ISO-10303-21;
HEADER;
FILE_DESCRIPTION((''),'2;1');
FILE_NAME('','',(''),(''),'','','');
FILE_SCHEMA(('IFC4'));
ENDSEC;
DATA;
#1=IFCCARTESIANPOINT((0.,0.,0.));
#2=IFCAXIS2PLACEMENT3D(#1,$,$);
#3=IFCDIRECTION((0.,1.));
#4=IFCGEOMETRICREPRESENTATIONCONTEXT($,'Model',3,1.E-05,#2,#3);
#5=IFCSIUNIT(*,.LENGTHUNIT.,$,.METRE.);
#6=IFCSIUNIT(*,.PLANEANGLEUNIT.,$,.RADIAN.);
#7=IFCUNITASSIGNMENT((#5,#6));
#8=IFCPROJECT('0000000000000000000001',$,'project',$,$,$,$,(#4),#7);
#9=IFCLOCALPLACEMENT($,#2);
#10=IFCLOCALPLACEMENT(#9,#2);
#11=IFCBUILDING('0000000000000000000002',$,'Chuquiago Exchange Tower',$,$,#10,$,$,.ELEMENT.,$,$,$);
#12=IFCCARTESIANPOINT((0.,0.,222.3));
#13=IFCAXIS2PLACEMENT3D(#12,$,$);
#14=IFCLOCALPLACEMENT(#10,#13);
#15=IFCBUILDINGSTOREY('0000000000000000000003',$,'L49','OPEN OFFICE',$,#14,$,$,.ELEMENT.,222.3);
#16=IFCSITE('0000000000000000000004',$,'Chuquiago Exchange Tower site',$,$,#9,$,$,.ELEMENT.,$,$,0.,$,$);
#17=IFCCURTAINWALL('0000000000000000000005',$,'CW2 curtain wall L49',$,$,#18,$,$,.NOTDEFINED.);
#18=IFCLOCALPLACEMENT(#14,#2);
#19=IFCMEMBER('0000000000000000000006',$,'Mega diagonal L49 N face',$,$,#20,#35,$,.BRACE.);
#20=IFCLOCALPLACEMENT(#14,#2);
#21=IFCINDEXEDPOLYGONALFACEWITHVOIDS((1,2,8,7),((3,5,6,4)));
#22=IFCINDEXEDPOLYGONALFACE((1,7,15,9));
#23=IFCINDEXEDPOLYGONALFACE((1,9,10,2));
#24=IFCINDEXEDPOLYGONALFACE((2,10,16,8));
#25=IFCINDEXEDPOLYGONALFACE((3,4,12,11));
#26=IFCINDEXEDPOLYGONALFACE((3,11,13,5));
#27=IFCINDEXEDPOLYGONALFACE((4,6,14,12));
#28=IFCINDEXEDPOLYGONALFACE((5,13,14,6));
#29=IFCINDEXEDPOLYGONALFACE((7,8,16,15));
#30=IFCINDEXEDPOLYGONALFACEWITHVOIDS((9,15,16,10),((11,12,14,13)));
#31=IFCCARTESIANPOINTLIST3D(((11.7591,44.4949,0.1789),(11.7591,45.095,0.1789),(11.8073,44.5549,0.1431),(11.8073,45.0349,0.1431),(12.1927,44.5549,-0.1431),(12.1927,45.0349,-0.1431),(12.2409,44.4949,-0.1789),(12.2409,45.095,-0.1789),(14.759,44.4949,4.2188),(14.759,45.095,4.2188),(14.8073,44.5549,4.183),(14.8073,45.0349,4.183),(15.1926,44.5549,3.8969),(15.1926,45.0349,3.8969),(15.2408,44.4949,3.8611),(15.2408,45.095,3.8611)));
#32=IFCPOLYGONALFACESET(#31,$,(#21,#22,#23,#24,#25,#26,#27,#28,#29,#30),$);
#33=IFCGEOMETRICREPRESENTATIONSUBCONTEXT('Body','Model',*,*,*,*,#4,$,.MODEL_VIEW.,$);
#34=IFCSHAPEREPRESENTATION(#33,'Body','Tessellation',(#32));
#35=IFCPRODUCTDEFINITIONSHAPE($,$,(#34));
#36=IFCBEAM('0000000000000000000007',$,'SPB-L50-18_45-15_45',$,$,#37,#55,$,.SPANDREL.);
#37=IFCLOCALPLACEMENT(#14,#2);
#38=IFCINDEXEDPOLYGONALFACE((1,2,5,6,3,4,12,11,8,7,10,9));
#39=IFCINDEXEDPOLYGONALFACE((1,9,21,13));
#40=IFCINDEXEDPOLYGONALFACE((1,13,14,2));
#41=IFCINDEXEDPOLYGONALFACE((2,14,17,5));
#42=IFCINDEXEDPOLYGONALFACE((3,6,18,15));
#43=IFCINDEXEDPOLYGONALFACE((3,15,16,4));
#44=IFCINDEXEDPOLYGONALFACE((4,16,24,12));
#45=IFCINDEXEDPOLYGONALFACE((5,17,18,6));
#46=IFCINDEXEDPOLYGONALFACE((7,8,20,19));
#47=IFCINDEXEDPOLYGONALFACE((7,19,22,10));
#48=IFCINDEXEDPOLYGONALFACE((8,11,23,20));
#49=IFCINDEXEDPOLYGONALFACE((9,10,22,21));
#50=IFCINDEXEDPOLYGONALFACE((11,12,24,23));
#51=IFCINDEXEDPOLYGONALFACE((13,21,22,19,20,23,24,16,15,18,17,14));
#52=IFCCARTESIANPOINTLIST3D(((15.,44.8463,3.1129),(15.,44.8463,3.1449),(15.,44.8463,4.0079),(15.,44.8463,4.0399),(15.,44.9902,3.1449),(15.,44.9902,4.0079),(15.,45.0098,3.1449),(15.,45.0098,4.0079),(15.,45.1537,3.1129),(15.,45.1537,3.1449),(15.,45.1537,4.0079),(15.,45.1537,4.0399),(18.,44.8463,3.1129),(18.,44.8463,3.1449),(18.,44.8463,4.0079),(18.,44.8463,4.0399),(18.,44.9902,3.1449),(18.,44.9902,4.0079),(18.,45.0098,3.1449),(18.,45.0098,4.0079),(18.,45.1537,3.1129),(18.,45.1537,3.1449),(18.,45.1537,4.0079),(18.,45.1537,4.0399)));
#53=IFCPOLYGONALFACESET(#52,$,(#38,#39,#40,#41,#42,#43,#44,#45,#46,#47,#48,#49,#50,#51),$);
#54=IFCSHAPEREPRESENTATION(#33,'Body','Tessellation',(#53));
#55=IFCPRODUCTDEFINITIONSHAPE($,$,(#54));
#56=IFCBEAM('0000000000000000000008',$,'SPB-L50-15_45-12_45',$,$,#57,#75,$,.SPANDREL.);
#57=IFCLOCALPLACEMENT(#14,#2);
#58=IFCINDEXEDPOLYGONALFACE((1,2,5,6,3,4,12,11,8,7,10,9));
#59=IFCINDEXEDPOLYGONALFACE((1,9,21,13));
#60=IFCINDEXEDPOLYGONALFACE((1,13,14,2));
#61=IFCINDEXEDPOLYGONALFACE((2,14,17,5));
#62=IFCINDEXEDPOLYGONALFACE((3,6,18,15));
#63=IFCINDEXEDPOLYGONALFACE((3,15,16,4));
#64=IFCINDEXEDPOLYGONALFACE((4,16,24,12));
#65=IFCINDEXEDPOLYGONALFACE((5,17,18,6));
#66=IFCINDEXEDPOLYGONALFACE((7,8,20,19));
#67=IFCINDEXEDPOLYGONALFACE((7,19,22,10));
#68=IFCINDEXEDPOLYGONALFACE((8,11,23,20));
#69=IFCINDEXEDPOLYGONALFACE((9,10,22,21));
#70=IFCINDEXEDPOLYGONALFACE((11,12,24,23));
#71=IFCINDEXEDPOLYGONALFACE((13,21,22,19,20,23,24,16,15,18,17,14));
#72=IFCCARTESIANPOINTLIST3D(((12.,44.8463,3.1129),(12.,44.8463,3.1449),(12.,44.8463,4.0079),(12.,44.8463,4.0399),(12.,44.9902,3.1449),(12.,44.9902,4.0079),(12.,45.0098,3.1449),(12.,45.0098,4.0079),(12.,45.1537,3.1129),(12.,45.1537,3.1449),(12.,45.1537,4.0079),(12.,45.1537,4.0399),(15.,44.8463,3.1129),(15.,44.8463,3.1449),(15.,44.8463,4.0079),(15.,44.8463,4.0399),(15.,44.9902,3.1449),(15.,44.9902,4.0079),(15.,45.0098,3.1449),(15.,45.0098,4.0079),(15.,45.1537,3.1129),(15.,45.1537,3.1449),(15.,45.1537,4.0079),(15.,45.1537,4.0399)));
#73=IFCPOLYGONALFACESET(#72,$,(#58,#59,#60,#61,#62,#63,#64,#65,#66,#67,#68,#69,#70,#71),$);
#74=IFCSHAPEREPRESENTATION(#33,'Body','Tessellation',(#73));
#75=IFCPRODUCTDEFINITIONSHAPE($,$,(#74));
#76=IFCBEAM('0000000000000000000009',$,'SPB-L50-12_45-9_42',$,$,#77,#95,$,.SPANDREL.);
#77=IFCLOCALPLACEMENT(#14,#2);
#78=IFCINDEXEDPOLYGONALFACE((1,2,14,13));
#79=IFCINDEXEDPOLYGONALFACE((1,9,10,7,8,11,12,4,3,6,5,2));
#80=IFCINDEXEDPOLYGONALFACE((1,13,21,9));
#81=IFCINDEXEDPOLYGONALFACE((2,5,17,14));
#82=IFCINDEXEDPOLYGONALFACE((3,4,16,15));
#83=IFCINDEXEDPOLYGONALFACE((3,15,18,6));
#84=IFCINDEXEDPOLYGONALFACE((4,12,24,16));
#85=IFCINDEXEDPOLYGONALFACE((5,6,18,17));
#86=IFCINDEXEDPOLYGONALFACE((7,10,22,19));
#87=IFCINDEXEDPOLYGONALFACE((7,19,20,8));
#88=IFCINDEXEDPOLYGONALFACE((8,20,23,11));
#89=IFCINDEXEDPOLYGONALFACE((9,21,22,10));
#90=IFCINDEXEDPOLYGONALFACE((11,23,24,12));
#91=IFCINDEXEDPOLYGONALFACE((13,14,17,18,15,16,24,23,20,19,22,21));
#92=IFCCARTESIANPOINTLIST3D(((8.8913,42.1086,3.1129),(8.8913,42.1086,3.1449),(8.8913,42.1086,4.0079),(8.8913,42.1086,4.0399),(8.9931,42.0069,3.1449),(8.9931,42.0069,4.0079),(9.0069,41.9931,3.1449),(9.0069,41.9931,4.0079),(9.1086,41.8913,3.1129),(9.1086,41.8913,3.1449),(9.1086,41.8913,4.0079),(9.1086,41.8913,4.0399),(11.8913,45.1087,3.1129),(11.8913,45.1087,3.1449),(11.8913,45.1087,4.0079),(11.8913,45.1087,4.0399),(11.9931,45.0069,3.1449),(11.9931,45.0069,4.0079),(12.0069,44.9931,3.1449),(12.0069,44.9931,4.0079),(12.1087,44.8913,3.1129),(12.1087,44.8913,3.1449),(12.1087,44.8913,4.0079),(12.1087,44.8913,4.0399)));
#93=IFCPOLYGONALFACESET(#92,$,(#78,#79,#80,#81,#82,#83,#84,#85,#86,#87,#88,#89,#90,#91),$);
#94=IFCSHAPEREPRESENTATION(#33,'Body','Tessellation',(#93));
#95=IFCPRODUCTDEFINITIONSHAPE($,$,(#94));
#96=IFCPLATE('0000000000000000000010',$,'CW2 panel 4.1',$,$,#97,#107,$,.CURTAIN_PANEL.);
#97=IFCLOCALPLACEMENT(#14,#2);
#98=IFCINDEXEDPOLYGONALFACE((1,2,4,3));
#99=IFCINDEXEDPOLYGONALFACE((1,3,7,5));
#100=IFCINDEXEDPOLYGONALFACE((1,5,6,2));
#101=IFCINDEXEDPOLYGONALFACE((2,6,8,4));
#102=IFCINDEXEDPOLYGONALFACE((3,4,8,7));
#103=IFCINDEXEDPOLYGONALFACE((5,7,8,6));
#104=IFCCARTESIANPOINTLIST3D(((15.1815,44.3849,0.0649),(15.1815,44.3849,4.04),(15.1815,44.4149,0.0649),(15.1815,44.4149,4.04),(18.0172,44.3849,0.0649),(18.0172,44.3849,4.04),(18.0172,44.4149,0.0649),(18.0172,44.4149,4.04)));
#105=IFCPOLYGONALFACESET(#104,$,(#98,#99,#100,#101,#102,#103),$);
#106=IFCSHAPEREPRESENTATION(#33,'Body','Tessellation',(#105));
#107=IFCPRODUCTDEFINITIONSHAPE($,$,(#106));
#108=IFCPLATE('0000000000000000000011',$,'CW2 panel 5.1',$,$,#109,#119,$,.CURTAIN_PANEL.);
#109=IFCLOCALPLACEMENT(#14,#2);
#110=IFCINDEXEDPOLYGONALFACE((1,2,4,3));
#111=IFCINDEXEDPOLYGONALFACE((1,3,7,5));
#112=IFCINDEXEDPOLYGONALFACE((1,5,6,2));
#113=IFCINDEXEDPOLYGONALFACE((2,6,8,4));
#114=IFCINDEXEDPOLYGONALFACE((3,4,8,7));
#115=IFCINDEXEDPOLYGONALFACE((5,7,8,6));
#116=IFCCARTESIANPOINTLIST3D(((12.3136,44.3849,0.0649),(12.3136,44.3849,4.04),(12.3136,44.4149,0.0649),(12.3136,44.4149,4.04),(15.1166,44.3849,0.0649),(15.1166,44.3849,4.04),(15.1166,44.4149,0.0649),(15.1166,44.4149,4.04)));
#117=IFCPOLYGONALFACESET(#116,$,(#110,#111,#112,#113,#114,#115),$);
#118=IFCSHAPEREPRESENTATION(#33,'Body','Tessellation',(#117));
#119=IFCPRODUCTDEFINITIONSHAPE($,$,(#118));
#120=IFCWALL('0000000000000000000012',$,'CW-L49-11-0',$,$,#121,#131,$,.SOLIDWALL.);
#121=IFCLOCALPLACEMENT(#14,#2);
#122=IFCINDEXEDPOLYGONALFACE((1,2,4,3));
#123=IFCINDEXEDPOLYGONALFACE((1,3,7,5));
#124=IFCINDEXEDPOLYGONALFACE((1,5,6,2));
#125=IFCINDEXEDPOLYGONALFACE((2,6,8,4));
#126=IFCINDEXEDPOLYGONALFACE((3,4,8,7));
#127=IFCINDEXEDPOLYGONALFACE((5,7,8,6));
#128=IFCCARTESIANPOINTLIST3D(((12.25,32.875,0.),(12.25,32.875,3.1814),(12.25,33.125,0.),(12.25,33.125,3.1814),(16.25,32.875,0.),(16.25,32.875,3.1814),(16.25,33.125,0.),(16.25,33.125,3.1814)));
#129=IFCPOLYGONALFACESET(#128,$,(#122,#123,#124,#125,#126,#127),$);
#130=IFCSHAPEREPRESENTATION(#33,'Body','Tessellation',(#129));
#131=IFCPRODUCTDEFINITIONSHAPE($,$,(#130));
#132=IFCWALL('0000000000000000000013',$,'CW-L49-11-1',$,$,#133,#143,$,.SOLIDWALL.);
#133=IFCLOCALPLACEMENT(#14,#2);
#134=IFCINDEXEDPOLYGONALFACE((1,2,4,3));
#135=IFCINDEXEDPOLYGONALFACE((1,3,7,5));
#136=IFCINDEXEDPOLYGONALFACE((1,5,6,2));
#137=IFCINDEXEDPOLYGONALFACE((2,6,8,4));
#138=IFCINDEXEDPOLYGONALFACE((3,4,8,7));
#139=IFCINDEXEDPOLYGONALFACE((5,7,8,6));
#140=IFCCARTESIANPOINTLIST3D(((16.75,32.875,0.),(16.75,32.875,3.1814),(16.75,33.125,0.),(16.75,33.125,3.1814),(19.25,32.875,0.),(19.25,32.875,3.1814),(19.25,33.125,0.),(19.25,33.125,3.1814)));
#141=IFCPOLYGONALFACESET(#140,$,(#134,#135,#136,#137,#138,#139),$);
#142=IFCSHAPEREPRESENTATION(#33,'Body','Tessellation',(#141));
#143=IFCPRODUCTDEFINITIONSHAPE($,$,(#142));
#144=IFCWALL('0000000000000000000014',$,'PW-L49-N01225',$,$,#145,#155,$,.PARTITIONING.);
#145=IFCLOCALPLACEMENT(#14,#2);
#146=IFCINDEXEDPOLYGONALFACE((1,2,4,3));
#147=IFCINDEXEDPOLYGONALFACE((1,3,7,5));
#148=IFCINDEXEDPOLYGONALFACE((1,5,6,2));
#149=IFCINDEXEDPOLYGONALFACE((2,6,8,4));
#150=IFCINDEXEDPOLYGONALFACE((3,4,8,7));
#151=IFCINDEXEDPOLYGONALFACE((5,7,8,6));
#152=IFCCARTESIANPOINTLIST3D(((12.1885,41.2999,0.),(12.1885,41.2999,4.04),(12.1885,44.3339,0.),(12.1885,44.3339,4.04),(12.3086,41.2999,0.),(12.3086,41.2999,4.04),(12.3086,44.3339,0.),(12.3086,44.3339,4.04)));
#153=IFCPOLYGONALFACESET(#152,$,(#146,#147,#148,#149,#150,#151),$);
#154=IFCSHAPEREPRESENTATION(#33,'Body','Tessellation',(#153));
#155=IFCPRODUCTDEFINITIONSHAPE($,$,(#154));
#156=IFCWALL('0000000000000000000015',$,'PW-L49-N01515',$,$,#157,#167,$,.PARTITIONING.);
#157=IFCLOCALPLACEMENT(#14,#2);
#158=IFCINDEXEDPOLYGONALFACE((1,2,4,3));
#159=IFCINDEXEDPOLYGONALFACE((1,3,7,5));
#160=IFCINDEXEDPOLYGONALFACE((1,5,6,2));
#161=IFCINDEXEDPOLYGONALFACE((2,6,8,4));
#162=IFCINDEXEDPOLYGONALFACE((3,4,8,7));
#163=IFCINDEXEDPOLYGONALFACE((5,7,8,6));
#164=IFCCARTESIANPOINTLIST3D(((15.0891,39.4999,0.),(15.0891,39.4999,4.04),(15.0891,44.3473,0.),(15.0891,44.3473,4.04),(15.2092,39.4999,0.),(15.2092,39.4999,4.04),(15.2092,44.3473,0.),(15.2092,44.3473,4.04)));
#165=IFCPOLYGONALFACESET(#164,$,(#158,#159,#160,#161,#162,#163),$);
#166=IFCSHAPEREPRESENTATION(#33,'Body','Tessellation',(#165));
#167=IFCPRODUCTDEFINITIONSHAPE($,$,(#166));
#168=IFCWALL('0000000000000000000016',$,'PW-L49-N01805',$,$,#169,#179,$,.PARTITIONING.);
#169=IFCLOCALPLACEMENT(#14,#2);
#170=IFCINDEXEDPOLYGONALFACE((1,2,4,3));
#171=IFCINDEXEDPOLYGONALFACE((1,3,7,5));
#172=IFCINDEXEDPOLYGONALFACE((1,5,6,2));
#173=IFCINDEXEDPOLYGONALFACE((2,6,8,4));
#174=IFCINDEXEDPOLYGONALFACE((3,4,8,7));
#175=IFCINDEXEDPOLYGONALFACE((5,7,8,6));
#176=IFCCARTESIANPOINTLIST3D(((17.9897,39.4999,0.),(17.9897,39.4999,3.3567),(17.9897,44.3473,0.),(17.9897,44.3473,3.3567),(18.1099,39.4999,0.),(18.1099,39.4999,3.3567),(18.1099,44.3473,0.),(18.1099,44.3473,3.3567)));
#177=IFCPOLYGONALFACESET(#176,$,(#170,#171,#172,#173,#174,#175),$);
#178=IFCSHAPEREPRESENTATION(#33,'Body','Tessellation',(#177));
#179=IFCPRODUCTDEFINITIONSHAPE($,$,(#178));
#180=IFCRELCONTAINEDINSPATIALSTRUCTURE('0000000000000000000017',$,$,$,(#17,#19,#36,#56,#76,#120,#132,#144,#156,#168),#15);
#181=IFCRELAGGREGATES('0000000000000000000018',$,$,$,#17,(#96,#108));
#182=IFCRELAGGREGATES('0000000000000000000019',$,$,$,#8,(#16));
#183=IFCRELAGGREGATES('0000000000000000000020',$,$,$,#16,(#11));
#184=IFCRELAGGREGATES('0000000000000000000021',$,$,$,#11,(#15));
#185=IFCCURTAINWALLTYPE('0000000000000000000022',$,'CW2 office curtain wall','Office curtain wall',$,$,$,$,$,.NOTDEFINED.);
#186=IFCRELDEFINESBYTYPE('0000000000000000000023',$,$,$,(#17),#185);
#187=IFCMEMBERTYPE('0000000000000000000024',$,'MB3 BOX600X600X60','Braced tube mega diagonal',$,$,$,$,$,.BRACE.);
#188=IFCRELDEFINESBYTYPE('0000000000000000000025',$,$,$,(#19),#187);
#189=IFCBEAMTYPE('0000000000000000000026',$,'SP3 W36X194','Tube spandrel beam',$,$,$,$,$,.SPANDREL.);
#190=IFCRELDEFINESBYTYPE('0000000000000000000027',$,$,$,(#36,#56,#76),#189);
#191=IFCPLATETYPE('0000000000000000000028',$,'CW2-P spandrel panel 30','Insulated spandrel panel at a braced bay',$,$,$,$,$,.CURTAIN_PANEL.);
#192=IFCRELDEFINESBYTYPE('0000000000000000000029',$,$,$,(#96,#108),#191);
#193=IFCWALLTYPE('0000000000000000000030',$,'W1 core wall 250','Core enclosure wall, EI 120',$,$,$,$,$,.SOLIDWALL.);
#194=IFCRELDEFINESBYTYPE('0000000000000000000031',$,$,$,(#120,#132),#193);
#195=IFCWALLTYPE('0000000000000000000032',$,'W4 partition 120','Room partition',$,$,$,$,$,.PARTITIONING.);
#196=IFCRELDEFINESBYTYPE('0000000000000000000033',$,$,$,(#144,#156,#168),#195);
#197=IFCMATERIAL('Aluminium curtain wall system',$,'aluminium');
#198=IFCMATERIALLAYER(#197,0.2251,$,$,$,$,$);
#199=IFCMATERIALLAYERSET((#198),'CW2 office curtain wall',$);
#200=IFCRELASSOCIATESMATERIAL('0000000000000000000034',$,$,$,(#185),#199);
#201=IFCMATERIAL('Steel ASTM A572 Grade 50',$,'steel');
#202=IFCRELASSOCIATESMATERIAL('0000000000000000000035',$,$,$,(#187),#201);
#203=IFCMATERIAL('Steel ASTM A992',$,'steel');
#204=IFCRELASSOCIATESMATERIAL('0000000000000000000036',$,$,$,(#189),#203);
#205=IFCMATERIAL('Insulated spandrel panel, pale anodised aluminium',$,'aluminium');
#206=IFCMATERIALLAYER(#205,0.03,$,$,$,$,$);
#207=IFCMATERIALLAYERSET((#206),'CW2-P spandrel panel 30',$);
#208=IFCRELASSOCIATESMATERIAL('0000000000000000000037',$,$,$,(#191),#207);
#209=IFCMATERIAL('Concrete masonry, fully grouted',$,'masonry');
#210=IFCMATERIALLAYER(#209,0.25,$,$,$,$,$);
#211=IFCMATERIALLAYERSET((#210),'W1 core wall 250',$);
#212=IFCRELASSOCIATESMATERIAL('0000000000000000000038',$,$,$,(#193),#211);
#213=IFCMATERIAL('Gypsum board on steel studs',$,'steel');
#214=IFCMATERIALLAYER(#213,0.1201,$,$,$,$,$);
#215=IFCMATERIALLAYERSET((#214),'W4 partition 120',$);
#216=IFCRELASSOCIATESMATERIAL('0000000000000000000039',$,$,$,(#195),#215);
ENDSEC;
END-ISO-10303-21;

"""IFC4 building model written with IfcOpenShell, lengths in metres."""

from ifc_helpers import new_model, si_unit, direction, frame, frame_2d, origin, origin_2d, place, context, subcontext, project, spatial, rectangle, hollow_rectangle, i_section, extrude, material, layer, layer_set, material_profile, profile_set, type_object, element, aggregate, save


model = new_model("IFC4")

# Units and contexts
model_context = context("Model", 3, precision=1e-05, world=origin(), true_north=direction((0.0, 1.0)))
body_context = subcontext(model_context, "Body", "Model", "MODEL_VIEW")
ifc_project = project(units=[si_unit("LENGTHUNIT", "METRE"), si_unit("PLANEANGLEUNIT", "RADIAN")], contexts=[model_context])

# Site, building, storey
site_placement = place(None, origin())
site = spatial("IfcSite", under=ifc_project, at=site_placement, Name="Chuquiago Exchange Tower site", CompositionType="ELEMENT", RefElevation=0.0)
building_placement = place(site_placement, origin())
building = spatial("IfcBuilding", under=site, at=building_placement, Name="Chuquiago Exchange Tower", CompositionType="ELEMENT")
storey_placement = place(building_placement, frame((0.0, 0.0, 222.3)))
storey = spatial("IfcBuildingStorey", under=building, at=storey_placement, Name="L49", Description="OPEN OFFICE", CompositionType="ELEMENT", Elevation=222.3)

# Curtain wall
ifc_material_1 = material(Name="Aluminium curtain wall system", Category="aluminium")
ifc_layer_1 = layer(ifc_material_1, 0.2251)
ifc_layer_set_1 = layer_set([ifc_layer_1], Name="CW2 office curtain wall")
curtain_wall_type_1 = type_object("IfcCurtainWallType", Name="CW2 office curtain wall", Description="Office curtain wall", PredefinedType="NOTDEFINED", material=ifc_layer_set_1)
curtain_wall_1_placement = place(storey_placement, origin())
curtain_wall_1 = element("IfcCurtainWall", 1, at=curtain_wall_1_placement, inside=storey, type_object=curtain_wall_type_1, Name="CW2 curtain wall L49", PredefinedType="NOTDEFINED")

# Member
ifc_material_2 = material(Name="Steel ASTM A572 Grade 50", Category="steel")
ifc_material_profile_1 = material_profile(ifc_material_2, hollow_rectangle(XDim=0.6001, YDim=0.6001, WallThickness=0.0601, at=origin_2d()), Name="BOX600X600X60")
ifc_profile_set_1 = profile_set([ifc_material_profile_1], Name="Steel ASTM A572 Grade 50")
member_type_1 = type_object("IfcMemberType", Name="MB3 BOX600X600X60", Description="Braced tube mega diagonal", PredefinedType="BRACE", material=ifc_profile_set_1)
for number, where, z_axis, x_axis, name in (
    (2, (12.0, 44.7949, 0.0), (0.596174, 0.0, 0.802855), (0.0, 1.0, 0.0), "Mega diagonal L49 N face"),
):
    element("IfcMember", number, at=place(storey_placement, frame(where, z_axis=z_axis, x_axis=x_axis)), inside=storey, type_object=member_type_1, Name=name, PredefinedType="BRACE", context=body_context, shape_type="SweptSolid", body=[
        extrude(hollow_rectangle(XDim=0.6001, YDim=0.6001, WallThickness=0.0601, at=origin_2d()), origin(), (0.0, 0.0, 1.0), 5.032),
    ])

# Beams
ifc_material_3 = material(Name="Steel ASTM A992", Category="steel")
ifc_material_profile_2 = material_profile(ifc_material_3, i_section(OverallWidth=0.3074, OverallDepth=0.927, WebThickness=0.0195, FlangeThickness=0.032, at=origin_2d()), Name="W36X194")
ifc_profile_set_2 = profile_set([ifc_material_profile_2], Name="Steel ASTM A992")
beam_type_1 = type_object("IfcBeamType", Name="SP3 W36X194", Description="Tube spandrel beam", PredefinedType="SPANDREL", material=ifc_profile_set_2)
for number, where, z_axis, x_axis, name in (
    (3, (18.0, 45.0, 3.5764), (-1.0, 0.0, 0.0), (0.0, -1.0, 0.0), "SPB-L50-18_45-15_45"),
    (4, (15.0, 45.0, 3.5764), (-1.0, 0.0, 0.0), (0.0, -1.0, 0.0), "SPB-L50-15_45-12_45"),
):
    element("IfcBeam", number, at=place(storey_placement, frame(where, z_axis=z_axis, x_axis=x_axis)), inside=storey, type_object=beam_type_1, Name=name, PredefinedType="SPANDREL", context=body_context, shape_type="SweptSolid", body=[
        extrude(i_section(OverallWidth=0.3074, OverallDepth=0.927, WebThickness=0.0195, FlangeThickness=0.032, at=origin_2d()), origin(), (0.0, 0.0, 1.0), 3.0),
    ])
beam_1_placement = place(storey_placement, frame((12.0, 45.0, 3.5764), z_axis=(-0.707107, -0.707107, 0.0), x_axis=(0.707107, -0.707107, 0.0)))
element("IfcBeam", 5, at=beam_1_placement, inside=storey, type_object=beam_type_1, Name="SPB-L50-12_45-9_42", PredefinedType="SPANDREL", context=body_context, shape_type="SweptSolid", body=[
    extrude(i_section(OverallWidth=0.3074, OverallDepth=0.927, WebThickness=0.0195, FlangeThickness=0.032, at=origin_2d()), origin(), (0.0, 0.0, 1.0), 4.2427),
])

# Plates
ifc_material_4 = material(Name="Insulated spandrel panel, pale anodised aluminium", Category="aluminium")
ifc_layer_2 = layer(ifc_material_4, 0.03)
ifc_layer_set_2 = layer_set([ifc_layer_2], Name="CW2-P spandrel panel 30")
plate_type = type_object("IfcPlateType", Name="CW2-P spandrel panel 30", Description="Insulated spandrel panel at a braced bay", PredefinedType="CURTAIN_PANEL", material=ifc_layer_set_2)
plate_1_placement = place(storey_placement, frame((16.5994, 44.3999, 0.0649), z_axis=(0.0, 0.0, 1.0), x_axis=(-1.0, 0.0, 0.0)))
plate_1 = element("IfcPlate", 6, at=plate_1_placement, type_object=plate_type, Name="CW2 panel 4.1", PredefinedType="CURTAIN_PANEL", context=body_context, shape_type="SweptSolid", body=[
    extrude(rectangle(XDim=2.8357, YDim=0.03, at=origin_2d()), origin(), (0.0, 0.0, 1.0), 3.9751),
])
plate_2_placement = place(storey_placement, frame((13.7151, 44.3999, 0.0649), z_axis=(0.0, 0.0, 1.0), x_axis=(-1.0, 0.0, 0.0)))
plate_2 = element("IfcPlate", 7, at=plate_2_placement, type_object=plate_type, Name="CW2 panel 5.1", PredefinedType="CURTAIN_PANEL", context=body_context, shape_type="SweptSolid", body=[
    extrude(rectangle(XDim=2.803, YDim=0.03, at=origin_2d()), origin(), (0.0, 0.0, 1.0), 3.9751),
])
aggregate(curtain_wall_1, [plate_1, plate_2])

# Walls
ifc_material_5 = material(Name="Concrete masonry, fully grouted", Category="masonry")
ifc_layer_3 = layer(ifc_material_5, 0.25)
ifc_layer_set_3 = layer_set([ifc_layer_3], Name="W1 core wall 250")
wall_type_1 = type_object("IfcWallType", Name="W1 core wall 250", Description="Core enclosure wall, EI 120", PredefinedType="SOLIDWALL", material=ifc_layer_set_3)
wall_1_placement = place(storey_placement, frame((12.25, 33.0, 0.0), z_axis=(0.0, 0.0, 1.0), x_axis=(1.0, 0.0, 0.0)))
element("IfcWall", 8, at=wall_1_placement, inside=storey, type_object=wall_type_1, Name="CW-L49-11-0", PredefinedType="SOLIDWALL", context=body_context, shape_type="SweptSolid", body=[
    extrude(rectangle(XDim=4.0, YDim=0.25, at=frame_2d((2.0, 0.0))), origin(), (0.0, 0.0, 1.0), 3.1814),
])
wall_2_placement = place(storey_placement, frame((16.75, 33.0, 0.0), z_axis=(0.0, 0.0, 1.0), x_axis=(1.0, 0.0, 0.0)))
element("IfcWall", 9, at=wall_2_placement, inside=storey, type_object=wall_type_1, Name="CW-L49-11-1", PredefinedType="SOLIDWALL", context=body_context, shape_type="SweptSolid", body=[
    extrude(rectangle(XDim=2.5, YDim=0.25, at=frame_2d((1.25, 0.0))), origin(), (0.0, 0.0, 1.0), 3.1814),
])
ifc_material_6 = material(Name="Gypsum board on steel studs", Category="steel")
ifc_layer_4 = layer(ifc_material_6, 0.1201)
ifc_layer_set_4 = layer_set([ifc_layer_4], Name="W4 partition 120")
wall_type_2 = type_object("IfcWallType", Name="W4 partition 120", Description="Room partition", PredefinedType="PARTITIONING", material=ifc_layer_set_4)
wall_3_placement = place(storey_placement, frame((12.2485, 44.334, 0.0), z_axis=(0.0, 0.0, 1.0), x_axis=(0.0, -1.0, 0.0)))
element("IfcWall", 10, at=wall_3_placement, inside=storey, type_object=wall_type_2, Name="PW-L49-N01225", PredefinedType="PARTITIONING", context=body_context, shape_type="SweptSolid", body=[
    extrude(rectangle(XDim=3.0339, YDim=0.1201, at=frame_2d((1.5171, 0.0))), origin(), (0.0, 0.0, 1.0), 4.04),
])
wall_4_placement = place(storey_placement, frame((15.1492, 44.3474, 0.0), z_axis=(0.0, 0.0, 1.0), x_axis=(0.0, -1.0, 0.0)))
element("IfcWall", 11, at=wall_4_placement, inside=storey, type_object=wall_type_2, Name="PW-L49-N01515", PredefinedType="PARTITIONING", context=body_context, shape_type="SweptSolid", body=[
    extrude(rectangle(XDim=4.8474, YDim=0.1201, at=frame_2d((2.4238, 0.0))), origin(), (0.0, 0.0, 1.0), 4.04),
])
wall_5_placement = place(storey_placement, frame((18.0498, 44.3474, 0.0), z_axis=(0.0, 0.0, 1.0), x_axis=(0.0, -1.0, 0.0)))
element("IfcWall", 12, at=wall_5_placement, inside=storey, type_object=wall_type_2, Name="PW-L49-N01805", PredefinedType="PARTITIONING", context=body_context, shape_type="SweptSolid", body=[
    extrude(rectangle(XDim=4.8474, YDim=0.1201, at=frame_2d((2.4238, 0.0))), origin(), (0.0, 0.0, 1.0), 3.3567),
])

save(model, "model.ifc")
